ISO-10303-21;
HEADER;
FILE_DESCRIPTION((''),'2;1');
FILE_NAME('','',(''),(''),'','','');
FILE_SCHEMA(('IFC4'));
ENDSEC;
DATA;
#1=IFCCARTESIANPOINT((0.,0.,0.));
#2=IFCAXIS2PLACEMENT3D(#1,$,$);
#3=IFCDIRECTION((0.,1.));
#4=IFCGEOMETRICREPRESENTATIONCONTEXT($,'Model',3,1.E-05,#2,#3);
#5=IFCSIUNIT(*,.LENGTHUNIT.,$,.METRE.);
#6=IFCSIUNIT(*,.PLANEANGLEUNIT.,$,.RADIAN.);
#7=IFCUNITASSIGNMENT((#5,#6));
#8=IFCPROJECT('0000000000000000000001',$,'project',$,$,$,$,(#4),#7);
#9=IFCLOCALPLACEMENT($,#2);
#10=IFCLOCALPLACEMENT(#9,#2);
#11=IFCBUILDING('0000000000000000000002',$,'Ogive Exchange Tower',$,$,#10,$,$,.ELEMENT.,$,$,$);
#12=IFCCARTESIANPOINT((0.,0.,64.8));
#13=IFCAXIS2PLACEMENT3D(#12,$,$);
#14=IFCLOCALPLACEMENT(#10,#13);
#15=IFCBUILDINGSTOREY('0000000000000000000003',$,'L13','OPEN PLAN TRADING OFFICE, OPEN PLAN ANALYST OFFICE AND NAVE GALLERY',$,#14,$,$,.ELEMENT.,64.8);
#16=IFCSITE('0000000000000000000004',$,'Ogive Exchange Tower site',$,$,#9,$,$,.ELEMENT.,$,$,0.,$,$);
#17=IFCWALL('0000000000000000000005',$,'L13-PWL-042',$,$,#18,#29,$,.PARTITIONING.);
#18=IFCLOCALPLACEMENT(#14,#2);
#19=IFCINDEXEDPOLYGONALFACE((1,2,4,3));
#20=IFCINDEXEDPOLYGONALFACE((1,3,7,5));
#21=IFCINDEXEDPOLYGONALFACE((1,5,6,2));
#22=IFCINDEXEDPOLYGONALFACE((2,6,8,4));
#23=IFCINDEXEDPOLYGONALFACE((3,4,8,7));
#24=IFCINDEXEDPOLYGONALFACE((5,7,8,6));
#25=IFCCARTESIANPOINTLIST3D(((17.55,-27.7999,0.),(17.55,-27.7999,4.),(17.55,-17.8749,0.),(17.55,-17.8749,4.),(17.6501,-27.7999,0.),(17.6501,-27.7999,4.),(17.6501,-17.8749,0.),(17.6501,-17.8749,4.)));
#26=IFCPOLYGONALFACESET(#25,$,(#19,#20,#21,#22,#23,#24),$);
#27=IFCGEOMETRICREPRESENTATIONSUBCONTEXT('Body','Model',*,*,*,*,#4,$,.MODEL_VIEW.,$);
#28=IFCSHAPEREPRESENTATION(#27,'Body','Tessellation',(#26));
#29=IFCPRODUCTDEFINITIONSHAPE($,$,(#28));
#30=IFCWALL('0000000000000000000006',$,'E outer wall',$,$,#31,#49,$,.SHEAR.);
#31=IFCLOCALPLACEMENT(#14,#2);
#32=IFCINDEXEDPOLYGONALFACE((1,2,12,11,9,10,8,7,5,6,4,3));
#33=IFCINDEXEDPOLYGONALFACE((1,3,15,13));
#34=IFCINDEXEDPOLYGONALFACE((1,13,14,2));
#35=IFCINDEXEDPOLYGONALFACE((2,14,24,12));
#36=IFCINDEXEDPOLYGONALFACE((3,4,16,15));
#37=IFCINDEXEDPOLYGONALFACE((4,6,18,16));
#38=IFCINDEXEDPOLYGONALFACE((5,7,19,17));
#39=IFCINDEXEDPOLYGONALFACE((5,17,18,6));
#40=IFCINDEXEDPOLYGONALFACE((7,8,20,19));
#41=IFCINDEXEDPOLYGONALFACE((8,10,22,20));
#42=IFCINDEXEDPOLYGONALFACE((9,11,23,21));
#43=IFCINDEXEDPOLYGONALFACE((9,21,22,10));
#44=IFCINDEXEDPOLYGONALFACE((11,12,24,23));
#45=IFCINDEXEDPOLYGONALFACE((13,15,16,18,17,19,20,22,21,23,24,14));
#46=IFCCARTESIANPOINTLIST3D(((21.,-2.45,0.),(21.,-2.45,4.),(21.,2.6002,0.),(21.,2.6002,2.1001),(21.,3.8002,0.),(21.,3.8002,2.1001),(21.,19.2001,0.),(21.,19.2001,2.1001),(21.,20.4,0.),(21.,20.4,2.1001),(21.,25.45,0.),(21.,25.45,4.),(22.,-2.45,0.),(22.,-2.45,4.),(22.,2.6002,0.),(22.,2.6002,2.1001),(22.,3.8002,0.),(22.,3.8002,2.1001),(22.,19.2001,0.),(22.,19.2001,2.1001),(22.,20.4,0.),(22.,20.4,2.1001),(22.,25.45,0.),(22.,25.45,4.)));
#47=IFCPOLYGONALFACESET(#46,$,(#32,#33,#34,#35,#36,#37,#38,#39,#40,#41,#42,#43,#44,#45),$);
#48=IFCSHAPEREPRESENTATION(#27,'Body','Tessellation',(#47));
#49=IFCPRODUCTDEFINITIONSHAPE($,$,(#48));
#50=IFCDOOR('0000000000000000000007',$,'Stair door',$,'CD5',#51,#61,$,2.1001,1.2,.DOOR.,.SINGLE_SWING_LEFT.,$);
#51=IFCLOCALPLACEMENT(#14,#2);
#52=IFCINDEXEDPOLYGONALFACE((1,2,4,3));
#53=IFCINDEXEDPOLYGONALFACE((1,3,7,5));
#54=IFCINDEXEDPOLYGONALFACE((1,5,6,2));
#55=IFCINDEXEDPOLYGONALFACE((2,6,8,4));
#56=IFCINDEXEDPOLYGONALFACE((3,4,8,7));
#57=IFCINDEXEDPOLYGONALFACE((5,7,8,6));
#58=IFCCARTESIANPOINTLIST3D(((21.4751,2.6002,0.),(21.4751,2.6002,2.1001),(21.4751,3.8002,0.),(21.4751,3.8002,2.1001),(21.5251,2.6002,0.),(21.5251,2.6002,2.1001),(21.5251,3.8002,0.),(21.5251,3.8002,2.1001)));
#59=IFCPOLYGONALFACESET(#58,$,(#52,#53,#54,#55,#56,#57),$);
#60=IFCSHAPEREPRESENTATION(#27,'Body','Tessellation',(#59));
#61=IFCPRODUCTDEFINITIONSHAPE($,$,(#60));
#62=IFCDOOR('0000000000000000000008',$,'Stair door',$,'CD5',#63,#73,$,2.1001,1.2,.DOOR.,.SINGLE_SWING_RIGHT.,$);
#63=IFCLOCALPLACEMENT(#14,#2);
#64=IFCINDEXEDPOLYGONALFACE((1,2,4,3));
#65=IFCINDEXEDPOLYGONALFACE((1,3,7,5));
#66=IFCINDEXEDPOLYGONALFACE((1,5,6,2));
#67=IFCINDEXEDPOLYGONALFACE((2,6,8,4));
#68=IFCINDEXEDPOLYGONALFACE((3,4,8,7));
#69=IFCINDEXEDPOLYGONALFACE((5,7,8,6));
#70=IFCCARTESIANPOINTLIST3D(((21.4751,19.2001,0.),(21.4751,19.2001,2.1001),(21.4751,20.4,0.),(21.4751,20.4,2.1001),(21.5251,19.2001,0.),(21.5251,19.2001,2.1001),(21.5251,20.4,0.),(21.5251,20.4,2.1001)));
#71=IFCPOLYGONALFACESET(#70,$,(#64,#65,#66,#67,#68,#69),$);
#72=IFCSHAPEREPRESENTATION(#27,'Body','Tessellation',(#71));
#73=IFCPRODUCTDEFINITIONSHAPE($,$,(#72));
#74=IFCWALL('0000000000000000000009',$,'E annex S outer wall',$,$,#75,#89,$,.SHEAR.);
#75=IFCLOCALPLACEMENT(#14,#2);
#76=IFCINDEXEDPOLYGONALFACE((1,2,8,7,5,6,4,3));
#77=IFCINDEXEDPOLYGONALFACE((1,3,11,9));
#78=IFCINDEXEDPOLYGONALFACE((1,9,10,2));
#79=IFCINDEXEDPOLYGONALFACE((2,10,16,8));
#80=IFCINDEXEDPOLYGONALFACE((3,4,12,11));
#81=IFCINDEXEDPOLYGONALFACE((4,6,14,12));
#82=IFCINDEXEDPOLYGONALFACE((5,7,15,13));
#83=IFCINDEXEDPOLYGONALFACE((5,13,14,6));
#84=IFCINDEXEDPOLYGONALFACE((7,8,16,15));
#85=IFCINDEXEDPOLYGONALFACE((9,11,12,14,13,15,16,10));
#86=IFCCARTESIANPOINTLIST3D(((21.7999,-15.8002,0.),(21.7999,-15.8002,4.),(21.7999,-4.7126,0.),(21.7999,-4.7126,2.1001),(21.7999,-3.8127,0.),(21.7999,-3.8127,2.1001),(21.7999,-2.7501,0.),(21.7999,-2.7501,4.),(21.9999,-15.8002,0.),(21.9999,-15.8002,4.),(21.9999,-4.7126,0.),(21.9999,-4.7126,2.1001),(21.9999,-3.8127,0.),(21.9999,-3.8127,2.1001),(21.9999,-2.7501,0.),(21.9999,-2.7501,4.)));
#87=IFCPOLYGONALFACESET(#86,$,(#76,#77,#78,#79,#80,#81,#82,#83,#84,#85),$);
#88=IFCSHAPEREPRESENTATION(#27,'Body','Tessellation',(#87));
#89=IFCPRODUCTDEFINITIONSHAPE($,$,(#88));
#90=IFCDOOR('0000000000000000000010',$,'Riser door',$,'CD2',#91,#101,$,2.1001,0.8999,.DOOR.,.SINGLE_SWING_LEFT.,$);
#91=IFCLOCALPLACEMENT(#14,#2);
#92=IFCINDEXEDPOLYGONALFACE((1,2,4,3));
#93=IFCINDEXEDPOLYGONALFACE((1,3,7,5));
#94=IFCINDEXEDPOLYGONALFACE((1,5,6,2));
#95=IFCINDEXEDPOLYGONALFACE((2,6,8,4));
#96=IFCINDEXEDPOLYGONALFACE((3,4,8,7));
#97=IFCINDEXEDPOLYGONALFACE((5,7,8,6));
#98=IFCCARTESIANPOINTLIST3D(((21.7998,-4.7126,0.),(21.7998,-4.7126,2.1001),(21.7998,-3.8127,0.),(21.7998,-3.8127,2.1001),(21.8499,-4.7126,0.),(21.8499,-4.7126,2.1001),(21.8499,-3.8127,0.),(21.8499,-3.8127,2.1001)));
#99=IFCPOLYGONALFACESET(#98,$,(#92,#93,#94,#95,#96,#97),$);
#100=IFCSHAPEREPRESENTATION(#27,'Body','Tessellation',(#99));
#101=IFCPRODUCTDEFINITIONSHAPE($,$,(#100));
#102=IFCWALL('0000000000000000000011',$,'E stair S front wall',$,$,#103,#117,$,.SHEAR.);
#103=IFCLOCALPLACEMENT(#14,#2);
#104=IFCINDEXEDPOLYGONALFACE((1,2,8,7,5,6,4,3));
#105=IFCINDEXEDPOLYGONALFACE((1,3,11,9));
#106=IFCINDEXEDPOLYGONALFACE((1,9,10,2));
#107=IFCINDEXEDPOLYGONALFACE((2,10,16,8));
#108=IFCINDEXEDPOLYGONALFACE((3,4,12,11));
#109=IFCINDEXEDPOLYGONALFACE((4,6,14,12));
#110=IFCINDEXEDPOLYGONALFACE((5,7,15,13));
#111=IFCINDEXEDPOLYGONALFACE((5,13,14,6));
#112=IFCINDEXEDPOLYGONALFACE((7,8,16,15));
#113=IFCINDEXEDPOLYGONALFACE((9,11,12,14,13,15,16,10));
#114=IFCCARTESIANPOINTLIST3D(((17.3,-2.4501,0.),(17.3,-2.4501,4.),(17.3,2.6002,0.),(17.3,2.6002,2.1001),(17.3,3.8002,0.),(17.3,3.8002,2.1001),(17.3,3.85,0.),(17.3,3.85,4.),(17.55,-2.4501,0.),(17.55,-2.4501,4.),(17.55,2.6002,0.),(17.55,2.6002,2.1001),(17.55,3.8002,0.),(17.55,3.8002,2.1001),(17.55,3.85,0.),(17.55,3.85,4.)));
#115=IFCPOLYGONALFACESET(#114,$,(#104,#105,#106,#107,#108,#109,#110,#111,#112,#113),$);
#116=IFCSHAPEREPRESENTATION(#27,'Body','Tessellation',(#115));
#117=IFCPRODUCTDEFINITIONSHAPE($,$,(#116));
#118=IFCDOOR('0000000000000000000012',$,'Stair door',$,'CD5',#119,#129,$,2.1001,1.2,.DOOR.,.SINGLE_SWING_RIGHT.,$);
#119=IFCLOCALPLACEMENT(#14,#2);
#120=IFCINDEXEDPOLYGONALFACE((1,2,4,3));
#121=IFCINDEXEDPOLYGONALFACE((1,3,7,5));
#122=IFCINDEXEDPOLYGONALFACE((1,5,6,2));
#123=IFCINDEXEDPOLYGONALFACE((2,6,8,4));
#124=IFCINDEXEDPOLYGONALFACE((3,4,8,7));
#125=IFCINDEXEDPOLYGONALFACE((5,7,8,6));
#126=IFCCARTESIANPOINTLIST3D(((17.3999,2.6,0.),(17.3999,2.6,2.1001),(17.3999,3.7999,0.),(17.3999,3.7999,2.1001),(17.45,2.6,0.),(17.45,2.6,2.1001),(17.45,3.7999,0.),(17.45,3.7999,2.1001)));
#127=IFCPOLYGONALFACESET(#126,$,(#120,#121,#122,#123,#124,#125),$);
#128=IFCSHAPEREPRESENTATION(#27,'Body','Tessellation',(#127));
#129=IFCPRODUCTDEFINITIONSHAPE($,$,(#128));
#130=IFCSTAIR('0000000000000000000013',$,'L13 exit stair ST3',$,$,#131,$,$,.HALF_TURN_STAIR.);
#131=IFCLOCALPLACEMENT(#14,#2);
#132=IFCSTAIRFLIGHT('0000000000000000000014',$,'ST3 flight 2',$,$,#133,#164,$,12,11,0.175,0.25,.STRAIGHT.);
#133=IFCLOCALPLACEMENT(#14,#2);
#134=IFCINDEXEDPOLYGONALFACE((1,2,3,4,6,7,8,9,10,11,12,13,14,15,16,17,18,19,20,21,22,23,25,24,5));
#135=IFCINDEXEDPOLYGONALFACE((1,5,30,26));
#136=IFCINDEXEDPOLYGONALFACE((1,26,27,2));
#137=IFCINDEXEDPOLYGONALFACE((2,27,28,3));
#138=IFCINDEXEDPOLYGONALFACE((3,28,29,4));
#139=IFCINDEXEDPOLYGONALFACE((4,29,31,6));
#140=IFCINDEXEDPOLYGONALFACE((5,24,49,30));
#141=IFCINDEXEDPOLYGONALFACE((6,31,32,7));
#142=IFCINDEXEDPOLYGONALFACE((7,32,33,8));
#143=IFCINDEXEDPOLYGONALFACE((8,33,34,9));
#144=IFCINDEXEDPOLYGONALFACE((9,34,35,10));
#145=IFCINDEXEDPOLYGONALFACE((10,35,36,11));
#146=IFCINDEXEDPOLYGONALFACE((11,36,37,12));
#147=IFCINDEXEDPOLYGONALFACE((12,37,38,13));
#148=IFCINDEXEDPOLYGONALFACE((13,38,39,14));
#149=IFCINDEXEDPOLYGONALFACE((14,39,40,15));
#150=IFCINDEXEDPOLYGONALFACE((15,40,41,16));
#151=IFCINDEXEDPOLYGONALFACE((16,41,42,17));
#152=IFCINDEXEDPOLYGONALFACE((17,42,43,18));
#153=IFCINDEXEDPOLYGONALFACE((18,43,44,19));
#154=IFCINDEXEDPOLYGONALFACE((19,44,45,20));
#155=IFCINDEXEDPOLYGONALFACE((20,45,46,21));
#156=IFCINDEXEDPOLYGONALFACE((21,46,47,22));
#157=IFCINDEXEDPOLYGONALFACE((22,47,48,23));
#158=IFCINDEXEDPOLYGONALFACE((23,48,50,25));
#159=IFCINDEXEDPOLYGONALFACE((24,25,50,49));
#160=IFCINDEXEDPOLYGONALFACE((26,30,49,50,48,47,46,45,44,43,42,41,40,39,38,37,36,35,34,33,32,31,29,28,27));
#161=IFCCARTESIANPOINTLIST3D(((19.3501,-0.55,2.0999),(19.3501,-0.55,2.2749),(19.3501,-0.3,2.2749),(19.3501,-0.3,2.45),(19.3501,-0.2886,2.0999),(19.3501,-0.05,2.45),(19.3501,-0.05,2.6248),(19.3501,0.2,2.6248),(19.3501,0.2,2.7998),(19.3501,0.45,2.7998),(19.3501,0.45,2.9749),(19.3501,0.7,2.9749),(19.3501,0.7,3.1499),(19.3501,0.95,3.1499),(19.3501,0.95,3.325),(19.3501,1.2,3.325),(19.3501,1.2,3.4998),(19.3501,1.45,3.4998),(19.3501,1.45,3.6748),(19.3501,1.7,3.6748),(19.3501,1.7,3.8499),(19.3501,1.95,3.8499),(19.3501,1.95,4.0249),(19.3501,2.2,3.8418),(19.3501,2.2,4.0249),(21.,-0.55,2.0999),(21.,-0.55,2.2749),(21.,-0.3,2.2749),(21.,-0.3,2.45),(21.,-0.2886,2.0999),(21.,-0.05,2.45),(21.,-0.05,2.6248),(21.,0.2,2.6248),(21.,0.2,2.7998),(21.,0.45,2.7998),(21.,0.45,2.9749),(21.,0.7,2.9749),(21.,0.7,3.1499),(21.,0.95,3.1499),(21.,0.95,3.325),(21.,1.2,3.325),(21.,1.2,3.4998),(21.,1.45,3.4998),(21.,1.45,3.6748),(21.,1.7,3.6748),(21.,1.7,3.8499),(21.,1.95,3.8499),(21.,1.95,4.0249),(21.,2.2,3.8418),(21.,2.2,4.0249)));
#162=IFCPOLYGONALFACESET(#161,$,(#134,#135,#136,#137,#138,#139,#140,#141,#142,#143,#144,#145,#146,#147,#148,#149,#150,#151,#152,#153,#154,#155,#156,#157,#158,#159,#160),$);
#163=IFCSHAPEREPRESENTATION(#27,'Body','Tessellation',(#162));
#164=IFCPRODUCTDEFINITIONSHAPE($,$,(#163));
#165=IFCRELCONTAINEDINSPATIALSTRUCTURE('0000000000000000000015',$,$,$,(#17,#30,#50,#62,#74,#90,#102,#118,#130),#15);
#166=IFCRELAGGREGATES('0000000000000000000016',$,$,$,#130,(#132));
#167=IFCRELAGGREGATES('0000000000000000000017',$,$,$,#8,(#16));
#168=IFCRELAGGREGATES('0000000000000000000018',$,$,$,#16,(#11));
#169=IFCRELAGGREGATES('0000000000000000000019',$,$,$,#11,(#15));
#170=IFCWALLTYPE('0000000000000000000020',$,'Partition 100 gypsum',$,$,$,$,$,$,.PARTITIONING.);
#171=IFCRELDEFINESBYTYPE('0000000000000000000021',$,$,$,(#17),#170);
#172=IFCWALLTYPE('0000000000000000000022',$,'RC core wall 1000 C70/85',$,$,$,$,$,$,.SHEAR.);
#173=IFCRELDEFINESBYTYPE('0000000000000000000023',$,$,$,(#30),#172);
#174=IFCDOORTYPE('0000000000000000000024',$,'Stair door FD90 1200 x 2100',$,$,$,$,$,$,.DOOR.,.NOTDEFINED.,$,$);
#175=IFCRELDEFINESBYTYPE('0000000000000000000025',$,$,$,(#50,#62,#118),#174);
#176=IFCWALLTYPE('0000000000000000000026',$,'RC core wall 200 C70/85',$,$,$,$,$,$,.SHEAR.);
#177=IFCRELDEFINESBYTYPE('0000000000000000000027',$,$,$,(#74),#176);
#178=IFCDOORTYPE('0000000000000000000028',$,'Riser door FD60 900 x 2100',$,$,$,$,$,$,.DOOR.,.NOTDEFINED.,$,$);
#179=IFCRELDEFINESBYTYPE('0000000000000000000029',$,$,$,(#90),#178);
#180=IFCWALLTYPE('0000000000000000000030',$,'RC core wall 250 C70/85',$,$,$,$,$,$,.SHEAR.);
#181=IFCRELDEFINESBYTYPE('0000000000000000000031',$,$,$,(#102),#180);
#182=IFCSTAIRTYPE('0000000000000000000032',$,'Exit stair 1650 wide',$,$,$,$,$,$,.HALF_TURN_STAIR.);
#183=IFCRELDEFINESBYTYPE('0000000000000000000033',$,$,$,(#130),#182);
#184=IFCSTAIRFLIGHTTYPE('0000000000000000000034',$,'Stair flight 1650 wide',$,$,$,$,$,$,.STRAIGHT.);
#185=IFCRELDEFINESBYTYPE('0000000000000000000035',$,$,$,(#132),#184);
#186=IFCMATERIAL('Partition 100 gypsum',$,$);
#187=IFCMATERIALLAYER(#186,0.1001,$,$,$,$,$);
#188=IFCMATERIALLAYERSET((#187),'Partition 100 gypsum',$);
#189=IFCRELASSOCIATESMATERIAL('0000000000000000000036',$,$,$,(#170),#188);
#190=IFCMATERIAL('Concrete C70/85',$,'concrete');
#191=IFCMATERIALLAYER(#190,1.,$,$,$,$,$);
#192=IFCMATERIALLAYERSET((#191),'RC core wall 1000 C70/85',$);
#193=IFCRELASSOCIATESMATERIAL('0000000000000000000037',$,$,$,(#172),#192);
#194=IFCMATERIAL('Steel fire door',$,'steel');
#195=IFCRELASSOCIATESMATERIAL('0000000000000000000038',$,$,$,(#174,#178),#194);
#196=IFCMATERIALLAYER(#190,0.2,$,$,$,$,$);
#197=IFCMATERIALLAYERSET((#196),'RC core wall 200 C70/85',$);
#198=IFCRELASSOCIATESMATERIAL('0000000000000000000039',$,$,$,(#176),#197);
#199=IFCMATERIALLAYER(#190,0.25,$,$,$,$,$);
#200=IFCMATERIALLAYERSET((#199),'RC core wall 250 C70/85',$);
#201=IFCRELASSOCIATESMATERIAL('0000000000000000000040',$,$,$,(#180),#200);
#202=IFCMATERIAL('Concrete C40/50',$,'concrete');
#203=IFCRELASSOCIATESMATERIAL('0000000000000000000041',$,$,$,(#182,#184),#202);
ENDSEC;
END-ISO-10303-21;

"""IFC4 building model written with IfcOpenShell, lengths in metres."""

from ifc_helpers import new_model, si_unit, direction, frame, frame_2d, origin, place, context, subcontext, project, spatial, polyline, rectangle, outline, extrude, material, layer, layer_set, type_object, element, fill, aggregate, save


model = new_model("IFC4")

# Units and contexts
model_context = context("Model", 3, precision=1e-05, world=origin(), true_north=direction((0.0, 1.0)))
body_context = subcontext(model_context, "Body", "Model", "MODEL_VIEW")
ifc_project = project(units=[si_unit("LENGTHUNIT", "METRE"), si_unit("PLANEANGLEUNIT", "RADIAN")], contexts=[model_context])

# Site, building, storey
site_placement = place(None, origin())
site = spatial("IfcSite", under=ifc_project, at=site_placement, Name="Ogive Exchange Tower site", CompositionType="ELEMENT", RefElevation=0.0)
building_placement = place(site_placement, origin())
building = spatial("IfcBuilding", under=site, at=building_placement, Name="Ogive Exchange Tower", CompositionType="ELEMENT")
storey_placement = place(building_placement, frame((0.0, 0.0, 64.8)))
storey = spatial("IfcBuildingStorey", under=building, at=storey_placement, Name="L13", Description="OPEN PLAN TRADING OFFICE, OPEN PLAN ANALYST OFFICE AND NAVE GALLERY", CompositionType="ELEMENT", Elevation=64.8)

# Wall
ifc_material_1 = material(Name="Partition 100 gypsum")
ifc_layer_1 = layer(ifc_material_1, 0.1001)
ifc_layer_set_1 = layer_set([ifc_layer_1], Name="Partition 100 gypsum")
wall_type_1 = type_object("IfcWallType", Name="Partition 100 gypsum", PredefinedType="PARTITIONING", material=ifc_layer_set_1)
wall_1_placement = place(storey_placement, frame((17.6001, -17.875, 0.0), z_axis=(0.0, 0.0, 1.0), x_axis=(0.0, -1.0, 0.0)))
element("IfcWall", 1, at=wall_1_placement, inside=storey, type_object=wall_type_1, Name="L13-PWL-042", PredefinedType="PARTITIONING", context=body_context, shape_type="SweptSolid", body=[
    extrude(rectangle(XDim=9.925, YDim=0.1001, at=frame_2d((4.9624, 0.0))), origin(), (0.0, 0.0, 1.0), 4.0),
])

# Wall, openings, doors
ifc_material_2 = material(Name="Concrete C70/85", Category="concrete")
ifc_layer_2 = layer(ifc_material_2, 1.0)
ifc_layer_set_2 = layer_set([ifc_layer_2], Name="RC core wall 1000 C70/85")
wall_type_2 = type_object("IfcWallType", Name="RC core wall 1000 C70/85", PredefinedType="SHEAR", material=ifc_layer_set_2)
wall_2_placement = place(storey_placement, frame((21.5, -2.45, 0.0), z_axis=(0.0, 0.0, 1.0), x_axis=(0.0, 1.0, 0.0)))
wall_2 = element("IfcWall", 2, at=wall_2_placement, inside=storey, type_object=wall_type_2, Name="E outer wall", PredefinedType="SHEAR", context=body_context, shape_type="SweptSolid", body=[
    extrude(rectangle(XDim=27.8999, YDim=1.0, at=frame_2d((13.95, 0.0))), origin(), (0.0, 0.0, 1.0), 4.0),
])
opening_1_placement = place(wall_2_placement, frame((5.05, 0.0, 0.0)))
opening_1 = element("IfcOpeningElement", 3, at=opening_1_placement, cuts=wall_2, PredefinedType="OPENING", context=body_context, shape_type="SweptSolid", body=[
    extrude(rectangle(XDim=1.2, YDim=2.1001, at=frame_2d((0.6001, 1.05))), frame((0.0, 0.51, 0.0), z_axis=(0.0, -1.0, 0.0), x_axis=(1.0, 0.0, 0.0)), (0.0, 0.0, 1.0), 1.02),
])
opening_2_placement = place(wall_2_placement, frame((21.6499, 0.0, 0.0)))
opening_2 = element("IfcOpeningElement", 4, at=opening_2_placement, cuts=wall_2, PredefinedType="OPENING", context=body_context, shape_type="SweptSolid", body=[
    extrude(rectangle(XDim=1.2, YDim=2.1001, at=frame_2d((0.6001, 1.05))), frame((0.0, 0.51, 0.0), z_axis=(0.0, -1.0, 0.0), x_axis=(1.0, 0.0, 0.0)), (0.0, 0.0, 1.0), 1.02),
])
ifc_material_3 = material(Name="Steel fire door", Category="steel")
door_type_1 = type_object("IfcDoorType", Name="Stair door FD90 1200 x 2100", OperationType="NOTDEFINED", PredefinedType="DOOR", material=ifc_material_3)
door_1_placement = place(opening_1_placement, origin())
door_1 = element("IfcDoor", 5, at=door_1_placement, inside=storey, type_object=door_type_1, Name="Stair door", ObjectType="CD5", OperationType="SINGLE_SWING_LEFT", OverallHeight=2.1001, OverallWidth=1.2, PredefinedType="DOOR", context=body_context, shape_type="SweptSolid", body=[
    extrude(rectangle(XDim=1.2, YDim=2.1001, at=frame_2d((0.6001, 1.05))), frame((0.0, 0.0249, 0.0), z_axis=(0.0, -1.0, 0.0), x_axis=(1.0, 0.0, 0.0)), (0.0, 0.0, 1.0), 0.05),
])
fill(opening_1, door_1)
door_2_placement = place(opening_2_placement, origin())
door_2 = element("IfcDoor", 6, at=door_2_placement, inside=storey, type_object=door_type_1, Name="Stair door", ObjectType="CD5", OperationType="SINGLE_SWING_RIGHT", OverallHeight=2.1001, OverallWidth=1.2, PredefinedType="DOOR", context=body_context, shape_type="SweptSolid", body=[
    extrude(rectangle(XDim=1.2, YDim=2.1001, at=frame_2d((0.6001, 1.05))), frame((0.0, 0.0249, 0.0), z_axis=(0.0, -1.0, 0.0), x_axis=(1.0, 0.0, 0.0)), (0.0, 0.0, 1.0), 0.05),
])
fill(opening_2, door_2)

# Walls, openings, doors
ifc_layer_3 = layer(ifc_material_2, 0.2)
ifc_layer_set_3 = layer_set([ifc_layer_3], Name="RC core wall 200 C70/85")
wall_type_3 = type_object("IfcWallType", Name="RC core wall 200 C70/85", PredefinedType="SHEAR", material=ifc_layer_set_3)
wall_3_placement = place(storey_placement, frame((21.8999, -15.8, 0.0), z_axis=(0.0, 0.0, 1.0), x_axis=(0.0, 1.0, 0.0)))
wall_3 = element("IfcWall", 7, at=wall_3_placement, inside=storey, type_object=wall_type_3, Name="E annex S outer wall", PredefinedType="SHEAR", context=body_context, shape_type="SweptSolid", body=[
    extrude(rectangle(XDim=13.05, YDim=0.2, at=frame_2d((6.5249, 0.0))), origin(), (0.0, 0.0, 1.0), 4.0),
])
opening_3_placement = place(wall_3_placement, frame((11.0874, 0.0, 0.0)))
opening_3 = element("IfcOpeningElement", 8, at=opening_3_placement, cuts=wall_3, PredefinedType="OPENING", context=body_context, shape_type="SweptSolid", body=[
    extrude(rectangle(XDim=0.8999, YDim=2.1001, at=frame_2d((0.45, 1.05))), frame((0.0, 0.1099, 0.0), z_axis=(0.0, -1.0, 0.0), x_axis=(1.0, 0.0, 0.0)), (0.0, 0.0, 1.0), 0.22),
])
door_type_2 = type_object("IfcDoorType", Name="Riser door FD60 900 x 2100", OperationType="NOTDEFINED", PredefinedType="DOOR", material=ifc_material_3)
door_3_placement = place(opening_3_placement, origin())
door_3 = element("IfcDoor", 9, at=door_3_placement, inside=storey, type_object=door_type_2, Name="Riser door", ObjectType="CD2", OperationType="SINGLE_SWING_LEFT", OverallHeight=2.1001, OverallWidth=0.8999, PredefinedType="DOOR", context=body_context, shape_type="SweptSolid", body=[
    extrude(rectangle(XDim=0.8999, YDim=2.1001, at=frame_2d((0.45, 1.05))), frame((0.0, 0.1001, 0.0), z_axis=(0.0, -1.0, 0.0), x_axis=(1.0, 0.0, 0.0)), (0.0, 0.0, 1.0), 0.05),
])
fill(opening_3, door_3)
ifc_layer_4 = layer(ifc_material_2, 0.25)
ifc_layer_set_4 = layer_set([ifc_layer_4], Name="RC core wall 250 C70/85")
wall_type_4 = type_object("IfcWallType", Name="RC core wall 250 C70/85", PredefinedType="SHEAR", material=ifc_layer_set_4)
wall_4_placement = place(storey_placement, frame((17.425, -2.45, 0.0), z_axis=(0.0, 0.0, 1.0), x_axis=(0.0, 1.0, 0.0)))
wall_4 = element("IfcWall", 10, at=wall_4_placement, inside=storey, type_object=wall_type_4, Name="E stair S front wall", PredefinedType="SHEAR", context=body_context, shape_type="SweptSolid", body=[
    extrude(rectangle(XDim=6.3, YDim=0.25, at=frame_2d((3.1499, 0.0))), origin(), (0.0, 0.0, 1.0), 4.0),
])
opening_4_placement = place(wall_4_placement, frame((5.05, 0.0, 0.0)))
opening_4 = element("IfcOpeningElement", 11, at=opening_4_placement, cuts=wall_4, PredefinedType="OPENING", context=body_context, shape_type="SweptSolid", body=[
    extrude(rectangle(XDim=1.2, YDim=2.1001, at=frame_2d((0.6001, 1.05))), frame((0.0, 0.135, 0.0), z_axis=(0.0, -1.0, 0.0), x_axis=(1.0, 0.0, 0.0)), (0.0, 0.0, 1.0), 0.27),
])
door_4_placement = place(opening_4_placement, frame((1.2, 0.0, 0.0), z_axis=(0.0, 0.0, 1.0), x_axis=(-1.0, 0.0, 0.0)))
door_4 = element("IfcDoor", 12, at=door_4_placement, inside=storey, type_object=door_type_1, Name="Stair door", ObjectType="CD5", OperationType="SINGLE_SWING_RIGHT", OverallHeight=2.1001, OverallWidth=1.2, PredefinedType="DOOR", context=body_context, shape_type="SweptSolid", body=[
    extrude(rectangle(XDim=1.2, YDim=2.1001, at=frame_2d((0.6001, 1.05))), frame((0.0, 0.0249, 0.0), z_axis=(0.0, -1.0, 0.0), x_axis=(1.0, 0.0, 0.0)), (0.0, 0.0, 1.0), 0.05),
])
fill(opening_4, door_4)

# Stair, stair flight
ifc_material_4 = material(Name="Concrete C40/50", Category="concrete")
stair_type = type_object("IfcStairType", Name="Exit stair 1650 wide", PredefinedType="HALF_TURN_STAIR", material=ifc_material_4)
stair_placement = place(storey_placement, origin())
stair = element("IfcStair", 13, at=stair_placement, inside=storey, type_object=stair_type, Name="L13 exit stair ST3", PredefinedType="HALF_TURN_STAIR")
stair_flight_type = type_object("IfcStairFlightType", Name="Stair flight 1650 wide", PredefinedType="STRAIGHT", material=ifc_material_4)
stair_flight_placement = place(storey_placement, frame((20.175, -0.55, 2.0999), z_axis=(0.0, 0.0, 1.0), x_axis=(0.0, 1.0, 0.0)))
stair_flight = element("IfcStairFlight", 14, at=stair_flight_placement, type_object=stair_flight_type, Name="ST3 flight 2", NumberOfRisers=12, NumberOfTreads=11, PredefinedType="STRAIGHT", RiserHeight=0.175, TreadLength=0.25, context=body_context, shape_type="SweptSolid", body=[
    extrude(outline(polyline([(0.0, 0.0), (0.0, 0.175), (0.25, 0.175), (0.25, 0.3501), (0.5, 0.3501), (0.5, 0.5249), (0.75, 0.5249), (0.75, 0.7), (1.0, 0.7), (1.0, 0.875), (1.25, 0.875), (1.25, 1.05), (1.5, 1.05), (1.5, 1.2251), (1.75, 1.2251), (1.75, 1.3999), (2.0, 1.3999), (2.0, 1.575), (2.25, 1.575), (2.25, 1.75), (2.5, 1.75), (2.5, 1.925), (2.75, 1.925), (2.75, 2.1001), (2.75, 1.7419), (0.2615, 0.0), (0.0, 0.0)])), frame((0.0, 0.825, 0.0), z_axis=(0.0, -1.0, 0.0), x_axis=(1.0, 0.0, 0.0)), (0.0, 0.0, 1.0), 1.6499),
])
aggregate(stair, [stair_flight])

save(model, "model.ifc")
